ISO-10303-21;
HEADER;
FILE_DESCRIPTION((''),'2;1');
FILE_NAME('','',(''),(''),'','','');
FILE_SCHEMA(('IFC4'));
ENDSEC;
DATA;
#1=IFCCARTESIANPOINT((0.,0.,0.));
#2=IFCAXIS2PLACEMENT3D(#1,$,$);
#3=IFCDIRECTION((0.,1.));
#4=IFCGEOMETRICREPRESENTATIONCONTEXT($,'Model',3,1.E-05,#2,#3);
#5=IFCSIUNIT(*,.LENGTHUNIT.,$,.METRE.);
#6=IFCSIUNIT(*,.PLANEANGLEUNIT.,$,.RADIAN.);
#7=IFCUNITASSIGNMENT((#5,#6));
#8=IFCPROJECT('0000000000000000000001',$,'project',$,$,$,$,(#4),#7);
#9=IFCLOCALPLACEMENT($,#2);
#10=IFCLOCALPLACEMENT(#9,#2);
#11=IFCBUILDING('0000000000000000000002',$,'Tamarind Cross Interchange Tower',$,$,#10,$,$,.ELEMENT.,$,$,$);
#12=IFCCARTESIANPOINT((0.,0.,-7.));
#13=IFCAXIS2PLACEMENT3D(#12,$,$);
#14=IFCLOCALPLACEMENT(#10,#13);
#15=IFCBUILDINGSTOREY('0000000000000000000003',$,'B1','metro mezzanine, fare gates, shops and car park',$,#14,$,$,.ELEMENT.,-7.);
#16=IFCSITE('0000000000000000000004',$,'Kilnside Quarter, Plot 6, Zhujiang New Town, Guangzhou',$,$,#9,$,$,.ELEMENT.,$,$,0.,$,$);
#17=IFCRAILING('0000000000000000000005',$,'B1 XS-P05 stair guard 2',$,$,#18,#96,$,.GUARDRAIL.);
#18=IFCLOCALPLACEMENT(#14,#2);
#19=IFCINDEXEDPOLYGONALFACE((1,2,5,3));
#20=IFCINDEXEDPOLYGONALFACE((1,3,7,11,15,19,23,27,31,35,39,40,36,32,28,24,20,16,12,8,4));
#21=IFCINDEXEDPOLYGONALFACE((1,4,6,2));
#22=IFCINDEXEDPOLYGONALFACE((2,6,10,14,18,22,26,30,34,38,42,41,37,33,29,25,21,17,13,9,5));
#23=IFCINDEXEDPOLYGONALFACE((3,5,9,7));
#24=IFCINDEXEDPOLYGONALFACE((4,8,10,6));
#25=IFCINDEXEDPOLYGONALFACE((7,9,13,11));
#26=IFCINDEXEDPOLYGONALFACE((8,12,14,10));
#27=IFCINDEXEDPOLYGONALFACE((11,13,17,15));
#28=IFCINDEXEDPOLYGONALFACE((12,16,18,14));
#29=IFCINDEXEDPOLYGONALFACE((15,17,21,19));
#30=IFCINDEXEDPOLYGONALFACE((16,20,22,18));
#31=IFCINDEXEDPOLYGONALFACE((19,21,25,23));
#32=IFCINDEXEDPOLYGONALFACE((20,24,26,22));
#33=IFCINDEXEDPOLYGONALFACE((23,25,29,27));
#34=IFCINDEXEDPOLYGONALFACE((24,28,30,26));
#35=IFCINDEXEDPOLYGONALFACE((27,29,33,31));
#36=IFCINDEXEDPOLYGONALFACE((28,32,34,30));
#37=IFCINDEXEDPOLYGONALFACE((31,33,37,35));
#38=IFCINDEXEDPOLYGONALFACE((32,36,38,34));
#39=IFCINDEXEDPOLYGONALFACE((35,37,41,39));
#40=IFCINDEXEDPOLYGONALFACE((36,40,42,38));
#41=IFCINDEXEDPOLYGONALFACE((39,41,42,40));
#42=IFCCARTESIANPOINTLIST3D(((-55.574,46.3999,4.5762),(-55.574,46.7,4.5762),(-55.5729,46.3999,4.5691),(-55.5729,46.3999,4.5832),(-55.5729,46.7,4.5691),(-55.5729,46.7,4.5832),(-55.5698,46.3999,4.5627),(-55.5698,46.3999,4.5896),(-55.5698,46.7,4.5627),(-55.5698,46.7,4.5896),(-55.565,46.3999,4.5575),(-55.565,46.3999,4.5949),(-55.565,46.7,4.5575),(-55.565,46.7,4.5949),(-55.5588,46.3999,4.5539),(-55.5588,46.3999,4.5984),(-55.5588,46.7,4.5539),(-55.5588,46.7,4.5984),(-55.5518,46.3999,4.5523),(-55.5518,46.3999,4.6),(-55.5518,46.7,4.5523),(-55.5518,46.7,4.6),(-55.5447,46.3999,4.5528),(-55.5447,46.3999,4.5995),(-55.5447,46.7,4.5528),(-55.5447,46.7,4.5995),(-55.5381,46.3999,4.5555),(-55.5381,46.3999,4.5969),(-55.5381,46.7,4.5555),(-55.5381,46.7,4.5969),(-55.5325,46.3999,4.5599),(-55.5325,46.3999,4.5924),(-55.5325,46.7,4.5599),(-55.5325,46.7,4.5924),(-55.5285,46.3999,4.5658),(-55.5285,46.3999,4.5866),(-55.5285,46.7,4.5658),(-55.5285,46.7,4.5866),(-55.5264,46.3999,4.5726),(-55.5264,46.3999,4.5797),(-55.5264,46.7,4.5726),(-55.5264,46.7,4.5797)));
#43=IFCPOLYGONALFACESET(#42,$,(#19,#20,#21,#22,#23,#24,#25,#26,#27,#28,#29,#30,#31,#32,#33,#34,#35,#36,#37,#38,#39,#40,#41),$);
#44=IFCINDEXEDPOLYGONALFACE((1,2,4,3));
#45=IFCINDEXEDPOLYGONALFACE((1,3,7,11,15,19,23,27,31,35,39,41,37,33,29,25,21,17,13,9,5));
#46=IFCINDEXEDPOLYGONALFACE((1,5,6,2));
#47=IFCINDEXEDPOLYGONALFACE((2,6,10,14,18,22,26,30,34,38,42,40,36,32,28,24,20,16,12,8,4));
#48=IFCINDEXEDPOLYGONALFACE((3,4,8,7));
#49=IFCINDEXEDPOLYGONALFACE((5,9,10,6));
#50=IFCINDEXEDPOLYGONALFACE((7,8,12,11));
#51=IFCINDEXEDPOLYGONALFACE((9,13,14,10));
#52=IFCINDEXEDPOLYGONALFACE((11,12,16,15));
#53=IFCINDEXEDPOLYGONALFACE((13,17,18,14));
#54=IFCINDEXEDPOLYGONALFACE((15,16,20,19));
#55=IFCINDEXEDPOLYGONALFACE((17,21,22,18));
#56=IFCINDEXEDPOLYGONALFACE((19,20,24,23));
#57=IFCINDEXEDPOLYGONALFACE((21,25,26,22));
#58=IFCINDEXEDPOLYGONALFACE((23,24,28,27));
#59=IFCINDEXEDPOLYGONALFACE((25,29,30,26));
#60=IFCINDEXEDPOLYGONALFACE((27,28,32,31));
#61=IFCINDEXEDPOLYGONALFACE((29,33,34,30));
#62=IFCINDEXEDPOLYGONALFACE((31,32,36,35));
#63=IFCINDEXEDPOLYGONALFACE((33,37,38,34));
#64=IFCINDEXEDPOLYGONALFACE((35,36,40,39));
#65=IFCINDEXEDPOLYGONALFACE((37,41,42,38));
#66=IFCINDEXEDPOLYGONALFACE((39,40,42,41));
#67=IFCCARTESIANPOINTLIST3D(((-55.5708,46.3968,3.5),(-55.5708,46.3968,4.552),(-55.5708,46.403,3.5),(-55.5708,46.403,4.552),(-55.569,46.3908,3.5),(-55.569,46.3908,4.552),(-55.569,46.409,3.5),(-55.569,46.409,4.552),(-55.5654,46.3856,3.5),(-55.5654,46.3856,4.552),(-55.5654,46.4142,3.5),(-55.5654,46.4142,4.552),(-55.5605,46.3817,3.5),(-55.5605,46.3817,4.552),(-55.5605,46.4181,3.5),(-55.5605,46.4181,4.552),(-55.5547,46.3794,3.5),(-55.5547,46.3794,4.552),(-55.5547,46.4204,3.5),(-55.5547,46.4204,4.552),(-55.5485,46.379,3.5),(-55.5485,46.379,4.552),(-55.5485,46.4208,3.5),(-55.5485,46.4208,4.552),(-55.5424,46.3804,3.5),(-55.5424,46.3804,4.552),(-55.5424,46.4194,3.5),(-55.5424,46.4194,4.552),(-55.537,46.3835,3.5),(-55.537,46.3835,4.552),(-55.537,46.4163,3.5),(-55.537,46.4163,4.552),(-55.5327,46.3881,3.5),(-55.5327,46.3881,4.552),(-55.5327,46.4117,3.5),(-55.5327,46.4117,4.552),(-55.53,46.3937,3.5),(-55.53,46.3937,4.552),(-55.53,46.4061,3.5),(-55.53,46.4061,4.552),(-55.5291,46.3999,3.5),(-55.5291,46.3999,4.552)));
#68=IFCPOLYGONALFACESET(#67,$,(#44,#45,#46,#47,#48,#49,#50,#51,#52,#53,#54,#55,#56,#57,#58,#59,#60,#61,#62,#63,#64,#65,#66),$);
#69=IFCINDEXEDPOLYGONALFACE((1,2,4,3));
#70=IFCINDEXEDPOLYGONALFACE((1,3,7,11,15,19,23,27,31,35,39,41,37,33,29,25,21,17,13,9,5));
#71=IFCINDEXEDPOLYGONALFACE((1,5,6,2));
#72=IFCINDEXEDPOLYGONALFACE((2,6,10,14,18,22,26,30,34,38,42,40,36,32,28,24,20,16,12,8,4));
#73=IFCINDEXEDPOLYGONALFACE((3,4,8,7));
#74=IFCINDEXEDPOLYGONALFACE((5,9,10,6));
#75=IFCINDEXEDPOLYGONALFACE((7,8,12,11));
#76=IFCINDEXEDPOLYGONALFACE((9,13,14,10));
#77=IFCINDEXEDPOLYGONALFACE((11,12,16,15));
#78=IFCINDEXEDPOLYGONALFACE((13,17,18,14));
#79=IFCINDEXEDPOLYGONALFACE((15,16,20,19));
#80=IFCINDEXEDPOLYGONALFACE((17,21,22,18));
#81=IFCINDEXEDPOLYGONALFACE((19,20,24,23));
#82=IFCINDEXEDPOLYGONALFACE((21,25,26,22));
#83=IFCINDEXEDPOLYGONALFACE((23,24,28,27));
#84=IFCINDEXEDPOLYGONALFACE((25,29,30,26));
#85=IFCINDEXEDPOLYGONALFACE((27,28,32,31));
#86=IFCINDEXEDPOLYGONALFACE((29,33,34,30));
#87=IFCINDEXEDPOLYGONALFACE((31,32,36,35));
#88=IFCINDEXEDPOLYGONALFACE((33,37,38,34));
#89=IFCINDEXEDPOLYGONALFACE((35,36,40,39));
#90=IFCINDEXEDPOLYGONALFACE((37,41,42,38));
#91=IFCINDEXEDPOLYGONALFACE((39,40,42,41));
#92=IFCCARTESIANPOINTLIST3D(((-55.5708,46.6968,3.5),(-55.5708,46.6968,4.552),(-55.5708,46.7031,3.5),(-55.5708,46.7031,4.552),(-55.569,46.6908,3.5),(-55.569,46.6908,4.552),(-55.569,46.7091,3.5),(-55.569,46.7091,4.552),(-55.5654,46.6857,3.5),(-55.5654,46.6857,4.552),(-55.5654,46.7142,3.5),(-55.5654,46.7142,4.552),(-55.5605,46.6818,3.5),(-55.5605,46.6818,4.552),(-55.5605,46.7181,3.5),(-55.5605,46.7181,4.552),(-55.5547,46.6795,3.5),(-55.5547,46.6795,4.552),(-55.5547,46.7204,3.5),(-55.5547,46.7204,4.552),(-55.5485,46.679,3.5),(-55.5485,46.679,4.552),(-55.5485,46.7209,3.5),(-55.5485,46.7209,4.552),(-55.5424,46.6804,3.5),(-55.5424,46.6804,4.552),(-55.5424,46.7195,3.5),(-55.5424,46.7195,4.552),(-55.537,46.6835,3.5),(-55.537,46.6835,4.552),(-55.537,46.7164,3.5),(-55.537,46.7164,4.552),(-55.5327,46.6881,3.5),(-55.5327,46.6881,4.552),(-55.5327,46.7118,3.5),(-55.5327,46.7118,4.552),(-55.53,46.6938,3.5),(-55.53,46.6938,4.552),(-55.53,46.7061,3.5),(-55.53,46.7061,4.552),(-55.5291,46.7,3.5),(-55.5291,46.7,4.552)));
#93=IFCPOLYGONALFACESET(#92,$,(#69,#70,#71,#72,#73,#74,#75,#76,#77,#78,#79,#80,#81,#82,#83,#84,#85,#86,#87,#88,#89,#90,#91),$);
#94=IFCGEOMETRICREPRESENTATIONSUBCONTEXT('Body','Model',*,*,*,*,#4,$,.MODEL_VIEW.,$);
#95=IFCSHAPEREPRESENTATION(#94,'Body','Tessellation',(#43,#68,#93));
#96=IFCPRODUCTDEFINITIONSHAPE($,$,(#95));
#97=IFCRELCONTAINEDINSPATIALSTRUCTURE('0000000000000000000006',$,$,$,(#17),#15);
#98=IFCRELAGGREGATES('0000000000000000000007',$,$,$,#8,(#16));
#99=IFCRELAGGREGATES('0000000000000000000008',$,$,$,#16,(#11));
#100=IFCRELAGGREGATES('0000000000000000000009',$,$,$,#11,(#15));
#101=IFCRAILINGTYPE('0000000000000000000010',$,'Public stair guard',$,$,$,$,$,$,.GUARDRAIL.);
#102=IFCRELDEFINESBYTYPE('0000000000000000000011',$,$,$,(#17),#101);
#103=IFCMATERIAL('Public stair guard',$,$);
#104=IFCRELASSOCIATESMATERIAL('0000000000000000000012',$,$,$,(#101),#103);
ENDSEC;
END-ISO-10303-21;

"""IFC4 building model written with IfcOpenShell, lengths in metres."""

from ifc_helpers import new_model, si_unit, direction, frame, origin, origin_2d, place, context, subcontext, project, spatial, circle, extrude, material, type_object, element, save


model = new_model("IFC4")

# Units and contexts
model_context = context("Model", 3, precision=1e-05, world=origin(), true_north=direction((0.0, 1.0)))
body_context = subcontext(model_context, "Body", "Model", "MODEL_VIEW")
ifc_project = project(units=[si_unit("LENGTHUNIT", "METRE"), si_unit("PLANEANGLEUNIT", "RADIAN")], contexts=[model_context])

# Site, building, storey
site_placement = place(None, origin())
site = spatial("IfcSite", under=ifc_project, at=site_placement, Name="Kilnside Quarter, Plot 6, Zhujiang New Town, Guangzhou", CompositionType="ELEMENT", RefElevation=0.0)
building_placement = place(site_placement, origin())
building = spatial("IfcBuilding", under=site, at=building_placement, Name="Tamarind Cross Interchange Tower", CompositionType="ELEMENT")
storey_placement = place(building_placement, frame((0.0, 0.0, -7.0)))
storey = spatial("IfcBuildingStorey", under=building, at=storey_placement, Name="B1", Description="metro mezzanine, fare gates, shops and car park", CompositionType="ELEMENT", Elevation=-7.0)

# Railing
ifc_material_1 = material(Name="Public stair guard")
railing_type_1 = type_object("IfcRailingType", Name="Public stair guard", PredefinedType="GUARDRAIL", material=ifc_material_1)
railing_1_placement = place(storey_placement, frame((-55.55, 46.3999, 3.5)))
element("IfcRailing", 1, at=railing_1_placement, inside=storey, type_object=railing_type_1, Name="B1 XS-P05 stair guard 2", PredefinedType="GUARDRAIL", context=body_context, shape_type="SweptSolid", body=[
    extrude(circle(Radius=0.0239, at=origin_2d()), frame((0.0, 0.0, 1.0762), z_axis=(0.0, 1.0, 0.0), x_axis=(-1.0, 0.0, 0.0)), (0.0, 0.0, 1.0), 0.3),
    extrude(circle(Radius=0.021, at=origin_2d()), origin(), (0.0, 0.0, 1.0), 1.052),
    extrude(circle(Radius=0.021, at=origin_2d()), frame((0.0, 0.3, 0.0)), (0.0, 0.0, 1.0), 1.052),
])

save(model, "model.ifc")
